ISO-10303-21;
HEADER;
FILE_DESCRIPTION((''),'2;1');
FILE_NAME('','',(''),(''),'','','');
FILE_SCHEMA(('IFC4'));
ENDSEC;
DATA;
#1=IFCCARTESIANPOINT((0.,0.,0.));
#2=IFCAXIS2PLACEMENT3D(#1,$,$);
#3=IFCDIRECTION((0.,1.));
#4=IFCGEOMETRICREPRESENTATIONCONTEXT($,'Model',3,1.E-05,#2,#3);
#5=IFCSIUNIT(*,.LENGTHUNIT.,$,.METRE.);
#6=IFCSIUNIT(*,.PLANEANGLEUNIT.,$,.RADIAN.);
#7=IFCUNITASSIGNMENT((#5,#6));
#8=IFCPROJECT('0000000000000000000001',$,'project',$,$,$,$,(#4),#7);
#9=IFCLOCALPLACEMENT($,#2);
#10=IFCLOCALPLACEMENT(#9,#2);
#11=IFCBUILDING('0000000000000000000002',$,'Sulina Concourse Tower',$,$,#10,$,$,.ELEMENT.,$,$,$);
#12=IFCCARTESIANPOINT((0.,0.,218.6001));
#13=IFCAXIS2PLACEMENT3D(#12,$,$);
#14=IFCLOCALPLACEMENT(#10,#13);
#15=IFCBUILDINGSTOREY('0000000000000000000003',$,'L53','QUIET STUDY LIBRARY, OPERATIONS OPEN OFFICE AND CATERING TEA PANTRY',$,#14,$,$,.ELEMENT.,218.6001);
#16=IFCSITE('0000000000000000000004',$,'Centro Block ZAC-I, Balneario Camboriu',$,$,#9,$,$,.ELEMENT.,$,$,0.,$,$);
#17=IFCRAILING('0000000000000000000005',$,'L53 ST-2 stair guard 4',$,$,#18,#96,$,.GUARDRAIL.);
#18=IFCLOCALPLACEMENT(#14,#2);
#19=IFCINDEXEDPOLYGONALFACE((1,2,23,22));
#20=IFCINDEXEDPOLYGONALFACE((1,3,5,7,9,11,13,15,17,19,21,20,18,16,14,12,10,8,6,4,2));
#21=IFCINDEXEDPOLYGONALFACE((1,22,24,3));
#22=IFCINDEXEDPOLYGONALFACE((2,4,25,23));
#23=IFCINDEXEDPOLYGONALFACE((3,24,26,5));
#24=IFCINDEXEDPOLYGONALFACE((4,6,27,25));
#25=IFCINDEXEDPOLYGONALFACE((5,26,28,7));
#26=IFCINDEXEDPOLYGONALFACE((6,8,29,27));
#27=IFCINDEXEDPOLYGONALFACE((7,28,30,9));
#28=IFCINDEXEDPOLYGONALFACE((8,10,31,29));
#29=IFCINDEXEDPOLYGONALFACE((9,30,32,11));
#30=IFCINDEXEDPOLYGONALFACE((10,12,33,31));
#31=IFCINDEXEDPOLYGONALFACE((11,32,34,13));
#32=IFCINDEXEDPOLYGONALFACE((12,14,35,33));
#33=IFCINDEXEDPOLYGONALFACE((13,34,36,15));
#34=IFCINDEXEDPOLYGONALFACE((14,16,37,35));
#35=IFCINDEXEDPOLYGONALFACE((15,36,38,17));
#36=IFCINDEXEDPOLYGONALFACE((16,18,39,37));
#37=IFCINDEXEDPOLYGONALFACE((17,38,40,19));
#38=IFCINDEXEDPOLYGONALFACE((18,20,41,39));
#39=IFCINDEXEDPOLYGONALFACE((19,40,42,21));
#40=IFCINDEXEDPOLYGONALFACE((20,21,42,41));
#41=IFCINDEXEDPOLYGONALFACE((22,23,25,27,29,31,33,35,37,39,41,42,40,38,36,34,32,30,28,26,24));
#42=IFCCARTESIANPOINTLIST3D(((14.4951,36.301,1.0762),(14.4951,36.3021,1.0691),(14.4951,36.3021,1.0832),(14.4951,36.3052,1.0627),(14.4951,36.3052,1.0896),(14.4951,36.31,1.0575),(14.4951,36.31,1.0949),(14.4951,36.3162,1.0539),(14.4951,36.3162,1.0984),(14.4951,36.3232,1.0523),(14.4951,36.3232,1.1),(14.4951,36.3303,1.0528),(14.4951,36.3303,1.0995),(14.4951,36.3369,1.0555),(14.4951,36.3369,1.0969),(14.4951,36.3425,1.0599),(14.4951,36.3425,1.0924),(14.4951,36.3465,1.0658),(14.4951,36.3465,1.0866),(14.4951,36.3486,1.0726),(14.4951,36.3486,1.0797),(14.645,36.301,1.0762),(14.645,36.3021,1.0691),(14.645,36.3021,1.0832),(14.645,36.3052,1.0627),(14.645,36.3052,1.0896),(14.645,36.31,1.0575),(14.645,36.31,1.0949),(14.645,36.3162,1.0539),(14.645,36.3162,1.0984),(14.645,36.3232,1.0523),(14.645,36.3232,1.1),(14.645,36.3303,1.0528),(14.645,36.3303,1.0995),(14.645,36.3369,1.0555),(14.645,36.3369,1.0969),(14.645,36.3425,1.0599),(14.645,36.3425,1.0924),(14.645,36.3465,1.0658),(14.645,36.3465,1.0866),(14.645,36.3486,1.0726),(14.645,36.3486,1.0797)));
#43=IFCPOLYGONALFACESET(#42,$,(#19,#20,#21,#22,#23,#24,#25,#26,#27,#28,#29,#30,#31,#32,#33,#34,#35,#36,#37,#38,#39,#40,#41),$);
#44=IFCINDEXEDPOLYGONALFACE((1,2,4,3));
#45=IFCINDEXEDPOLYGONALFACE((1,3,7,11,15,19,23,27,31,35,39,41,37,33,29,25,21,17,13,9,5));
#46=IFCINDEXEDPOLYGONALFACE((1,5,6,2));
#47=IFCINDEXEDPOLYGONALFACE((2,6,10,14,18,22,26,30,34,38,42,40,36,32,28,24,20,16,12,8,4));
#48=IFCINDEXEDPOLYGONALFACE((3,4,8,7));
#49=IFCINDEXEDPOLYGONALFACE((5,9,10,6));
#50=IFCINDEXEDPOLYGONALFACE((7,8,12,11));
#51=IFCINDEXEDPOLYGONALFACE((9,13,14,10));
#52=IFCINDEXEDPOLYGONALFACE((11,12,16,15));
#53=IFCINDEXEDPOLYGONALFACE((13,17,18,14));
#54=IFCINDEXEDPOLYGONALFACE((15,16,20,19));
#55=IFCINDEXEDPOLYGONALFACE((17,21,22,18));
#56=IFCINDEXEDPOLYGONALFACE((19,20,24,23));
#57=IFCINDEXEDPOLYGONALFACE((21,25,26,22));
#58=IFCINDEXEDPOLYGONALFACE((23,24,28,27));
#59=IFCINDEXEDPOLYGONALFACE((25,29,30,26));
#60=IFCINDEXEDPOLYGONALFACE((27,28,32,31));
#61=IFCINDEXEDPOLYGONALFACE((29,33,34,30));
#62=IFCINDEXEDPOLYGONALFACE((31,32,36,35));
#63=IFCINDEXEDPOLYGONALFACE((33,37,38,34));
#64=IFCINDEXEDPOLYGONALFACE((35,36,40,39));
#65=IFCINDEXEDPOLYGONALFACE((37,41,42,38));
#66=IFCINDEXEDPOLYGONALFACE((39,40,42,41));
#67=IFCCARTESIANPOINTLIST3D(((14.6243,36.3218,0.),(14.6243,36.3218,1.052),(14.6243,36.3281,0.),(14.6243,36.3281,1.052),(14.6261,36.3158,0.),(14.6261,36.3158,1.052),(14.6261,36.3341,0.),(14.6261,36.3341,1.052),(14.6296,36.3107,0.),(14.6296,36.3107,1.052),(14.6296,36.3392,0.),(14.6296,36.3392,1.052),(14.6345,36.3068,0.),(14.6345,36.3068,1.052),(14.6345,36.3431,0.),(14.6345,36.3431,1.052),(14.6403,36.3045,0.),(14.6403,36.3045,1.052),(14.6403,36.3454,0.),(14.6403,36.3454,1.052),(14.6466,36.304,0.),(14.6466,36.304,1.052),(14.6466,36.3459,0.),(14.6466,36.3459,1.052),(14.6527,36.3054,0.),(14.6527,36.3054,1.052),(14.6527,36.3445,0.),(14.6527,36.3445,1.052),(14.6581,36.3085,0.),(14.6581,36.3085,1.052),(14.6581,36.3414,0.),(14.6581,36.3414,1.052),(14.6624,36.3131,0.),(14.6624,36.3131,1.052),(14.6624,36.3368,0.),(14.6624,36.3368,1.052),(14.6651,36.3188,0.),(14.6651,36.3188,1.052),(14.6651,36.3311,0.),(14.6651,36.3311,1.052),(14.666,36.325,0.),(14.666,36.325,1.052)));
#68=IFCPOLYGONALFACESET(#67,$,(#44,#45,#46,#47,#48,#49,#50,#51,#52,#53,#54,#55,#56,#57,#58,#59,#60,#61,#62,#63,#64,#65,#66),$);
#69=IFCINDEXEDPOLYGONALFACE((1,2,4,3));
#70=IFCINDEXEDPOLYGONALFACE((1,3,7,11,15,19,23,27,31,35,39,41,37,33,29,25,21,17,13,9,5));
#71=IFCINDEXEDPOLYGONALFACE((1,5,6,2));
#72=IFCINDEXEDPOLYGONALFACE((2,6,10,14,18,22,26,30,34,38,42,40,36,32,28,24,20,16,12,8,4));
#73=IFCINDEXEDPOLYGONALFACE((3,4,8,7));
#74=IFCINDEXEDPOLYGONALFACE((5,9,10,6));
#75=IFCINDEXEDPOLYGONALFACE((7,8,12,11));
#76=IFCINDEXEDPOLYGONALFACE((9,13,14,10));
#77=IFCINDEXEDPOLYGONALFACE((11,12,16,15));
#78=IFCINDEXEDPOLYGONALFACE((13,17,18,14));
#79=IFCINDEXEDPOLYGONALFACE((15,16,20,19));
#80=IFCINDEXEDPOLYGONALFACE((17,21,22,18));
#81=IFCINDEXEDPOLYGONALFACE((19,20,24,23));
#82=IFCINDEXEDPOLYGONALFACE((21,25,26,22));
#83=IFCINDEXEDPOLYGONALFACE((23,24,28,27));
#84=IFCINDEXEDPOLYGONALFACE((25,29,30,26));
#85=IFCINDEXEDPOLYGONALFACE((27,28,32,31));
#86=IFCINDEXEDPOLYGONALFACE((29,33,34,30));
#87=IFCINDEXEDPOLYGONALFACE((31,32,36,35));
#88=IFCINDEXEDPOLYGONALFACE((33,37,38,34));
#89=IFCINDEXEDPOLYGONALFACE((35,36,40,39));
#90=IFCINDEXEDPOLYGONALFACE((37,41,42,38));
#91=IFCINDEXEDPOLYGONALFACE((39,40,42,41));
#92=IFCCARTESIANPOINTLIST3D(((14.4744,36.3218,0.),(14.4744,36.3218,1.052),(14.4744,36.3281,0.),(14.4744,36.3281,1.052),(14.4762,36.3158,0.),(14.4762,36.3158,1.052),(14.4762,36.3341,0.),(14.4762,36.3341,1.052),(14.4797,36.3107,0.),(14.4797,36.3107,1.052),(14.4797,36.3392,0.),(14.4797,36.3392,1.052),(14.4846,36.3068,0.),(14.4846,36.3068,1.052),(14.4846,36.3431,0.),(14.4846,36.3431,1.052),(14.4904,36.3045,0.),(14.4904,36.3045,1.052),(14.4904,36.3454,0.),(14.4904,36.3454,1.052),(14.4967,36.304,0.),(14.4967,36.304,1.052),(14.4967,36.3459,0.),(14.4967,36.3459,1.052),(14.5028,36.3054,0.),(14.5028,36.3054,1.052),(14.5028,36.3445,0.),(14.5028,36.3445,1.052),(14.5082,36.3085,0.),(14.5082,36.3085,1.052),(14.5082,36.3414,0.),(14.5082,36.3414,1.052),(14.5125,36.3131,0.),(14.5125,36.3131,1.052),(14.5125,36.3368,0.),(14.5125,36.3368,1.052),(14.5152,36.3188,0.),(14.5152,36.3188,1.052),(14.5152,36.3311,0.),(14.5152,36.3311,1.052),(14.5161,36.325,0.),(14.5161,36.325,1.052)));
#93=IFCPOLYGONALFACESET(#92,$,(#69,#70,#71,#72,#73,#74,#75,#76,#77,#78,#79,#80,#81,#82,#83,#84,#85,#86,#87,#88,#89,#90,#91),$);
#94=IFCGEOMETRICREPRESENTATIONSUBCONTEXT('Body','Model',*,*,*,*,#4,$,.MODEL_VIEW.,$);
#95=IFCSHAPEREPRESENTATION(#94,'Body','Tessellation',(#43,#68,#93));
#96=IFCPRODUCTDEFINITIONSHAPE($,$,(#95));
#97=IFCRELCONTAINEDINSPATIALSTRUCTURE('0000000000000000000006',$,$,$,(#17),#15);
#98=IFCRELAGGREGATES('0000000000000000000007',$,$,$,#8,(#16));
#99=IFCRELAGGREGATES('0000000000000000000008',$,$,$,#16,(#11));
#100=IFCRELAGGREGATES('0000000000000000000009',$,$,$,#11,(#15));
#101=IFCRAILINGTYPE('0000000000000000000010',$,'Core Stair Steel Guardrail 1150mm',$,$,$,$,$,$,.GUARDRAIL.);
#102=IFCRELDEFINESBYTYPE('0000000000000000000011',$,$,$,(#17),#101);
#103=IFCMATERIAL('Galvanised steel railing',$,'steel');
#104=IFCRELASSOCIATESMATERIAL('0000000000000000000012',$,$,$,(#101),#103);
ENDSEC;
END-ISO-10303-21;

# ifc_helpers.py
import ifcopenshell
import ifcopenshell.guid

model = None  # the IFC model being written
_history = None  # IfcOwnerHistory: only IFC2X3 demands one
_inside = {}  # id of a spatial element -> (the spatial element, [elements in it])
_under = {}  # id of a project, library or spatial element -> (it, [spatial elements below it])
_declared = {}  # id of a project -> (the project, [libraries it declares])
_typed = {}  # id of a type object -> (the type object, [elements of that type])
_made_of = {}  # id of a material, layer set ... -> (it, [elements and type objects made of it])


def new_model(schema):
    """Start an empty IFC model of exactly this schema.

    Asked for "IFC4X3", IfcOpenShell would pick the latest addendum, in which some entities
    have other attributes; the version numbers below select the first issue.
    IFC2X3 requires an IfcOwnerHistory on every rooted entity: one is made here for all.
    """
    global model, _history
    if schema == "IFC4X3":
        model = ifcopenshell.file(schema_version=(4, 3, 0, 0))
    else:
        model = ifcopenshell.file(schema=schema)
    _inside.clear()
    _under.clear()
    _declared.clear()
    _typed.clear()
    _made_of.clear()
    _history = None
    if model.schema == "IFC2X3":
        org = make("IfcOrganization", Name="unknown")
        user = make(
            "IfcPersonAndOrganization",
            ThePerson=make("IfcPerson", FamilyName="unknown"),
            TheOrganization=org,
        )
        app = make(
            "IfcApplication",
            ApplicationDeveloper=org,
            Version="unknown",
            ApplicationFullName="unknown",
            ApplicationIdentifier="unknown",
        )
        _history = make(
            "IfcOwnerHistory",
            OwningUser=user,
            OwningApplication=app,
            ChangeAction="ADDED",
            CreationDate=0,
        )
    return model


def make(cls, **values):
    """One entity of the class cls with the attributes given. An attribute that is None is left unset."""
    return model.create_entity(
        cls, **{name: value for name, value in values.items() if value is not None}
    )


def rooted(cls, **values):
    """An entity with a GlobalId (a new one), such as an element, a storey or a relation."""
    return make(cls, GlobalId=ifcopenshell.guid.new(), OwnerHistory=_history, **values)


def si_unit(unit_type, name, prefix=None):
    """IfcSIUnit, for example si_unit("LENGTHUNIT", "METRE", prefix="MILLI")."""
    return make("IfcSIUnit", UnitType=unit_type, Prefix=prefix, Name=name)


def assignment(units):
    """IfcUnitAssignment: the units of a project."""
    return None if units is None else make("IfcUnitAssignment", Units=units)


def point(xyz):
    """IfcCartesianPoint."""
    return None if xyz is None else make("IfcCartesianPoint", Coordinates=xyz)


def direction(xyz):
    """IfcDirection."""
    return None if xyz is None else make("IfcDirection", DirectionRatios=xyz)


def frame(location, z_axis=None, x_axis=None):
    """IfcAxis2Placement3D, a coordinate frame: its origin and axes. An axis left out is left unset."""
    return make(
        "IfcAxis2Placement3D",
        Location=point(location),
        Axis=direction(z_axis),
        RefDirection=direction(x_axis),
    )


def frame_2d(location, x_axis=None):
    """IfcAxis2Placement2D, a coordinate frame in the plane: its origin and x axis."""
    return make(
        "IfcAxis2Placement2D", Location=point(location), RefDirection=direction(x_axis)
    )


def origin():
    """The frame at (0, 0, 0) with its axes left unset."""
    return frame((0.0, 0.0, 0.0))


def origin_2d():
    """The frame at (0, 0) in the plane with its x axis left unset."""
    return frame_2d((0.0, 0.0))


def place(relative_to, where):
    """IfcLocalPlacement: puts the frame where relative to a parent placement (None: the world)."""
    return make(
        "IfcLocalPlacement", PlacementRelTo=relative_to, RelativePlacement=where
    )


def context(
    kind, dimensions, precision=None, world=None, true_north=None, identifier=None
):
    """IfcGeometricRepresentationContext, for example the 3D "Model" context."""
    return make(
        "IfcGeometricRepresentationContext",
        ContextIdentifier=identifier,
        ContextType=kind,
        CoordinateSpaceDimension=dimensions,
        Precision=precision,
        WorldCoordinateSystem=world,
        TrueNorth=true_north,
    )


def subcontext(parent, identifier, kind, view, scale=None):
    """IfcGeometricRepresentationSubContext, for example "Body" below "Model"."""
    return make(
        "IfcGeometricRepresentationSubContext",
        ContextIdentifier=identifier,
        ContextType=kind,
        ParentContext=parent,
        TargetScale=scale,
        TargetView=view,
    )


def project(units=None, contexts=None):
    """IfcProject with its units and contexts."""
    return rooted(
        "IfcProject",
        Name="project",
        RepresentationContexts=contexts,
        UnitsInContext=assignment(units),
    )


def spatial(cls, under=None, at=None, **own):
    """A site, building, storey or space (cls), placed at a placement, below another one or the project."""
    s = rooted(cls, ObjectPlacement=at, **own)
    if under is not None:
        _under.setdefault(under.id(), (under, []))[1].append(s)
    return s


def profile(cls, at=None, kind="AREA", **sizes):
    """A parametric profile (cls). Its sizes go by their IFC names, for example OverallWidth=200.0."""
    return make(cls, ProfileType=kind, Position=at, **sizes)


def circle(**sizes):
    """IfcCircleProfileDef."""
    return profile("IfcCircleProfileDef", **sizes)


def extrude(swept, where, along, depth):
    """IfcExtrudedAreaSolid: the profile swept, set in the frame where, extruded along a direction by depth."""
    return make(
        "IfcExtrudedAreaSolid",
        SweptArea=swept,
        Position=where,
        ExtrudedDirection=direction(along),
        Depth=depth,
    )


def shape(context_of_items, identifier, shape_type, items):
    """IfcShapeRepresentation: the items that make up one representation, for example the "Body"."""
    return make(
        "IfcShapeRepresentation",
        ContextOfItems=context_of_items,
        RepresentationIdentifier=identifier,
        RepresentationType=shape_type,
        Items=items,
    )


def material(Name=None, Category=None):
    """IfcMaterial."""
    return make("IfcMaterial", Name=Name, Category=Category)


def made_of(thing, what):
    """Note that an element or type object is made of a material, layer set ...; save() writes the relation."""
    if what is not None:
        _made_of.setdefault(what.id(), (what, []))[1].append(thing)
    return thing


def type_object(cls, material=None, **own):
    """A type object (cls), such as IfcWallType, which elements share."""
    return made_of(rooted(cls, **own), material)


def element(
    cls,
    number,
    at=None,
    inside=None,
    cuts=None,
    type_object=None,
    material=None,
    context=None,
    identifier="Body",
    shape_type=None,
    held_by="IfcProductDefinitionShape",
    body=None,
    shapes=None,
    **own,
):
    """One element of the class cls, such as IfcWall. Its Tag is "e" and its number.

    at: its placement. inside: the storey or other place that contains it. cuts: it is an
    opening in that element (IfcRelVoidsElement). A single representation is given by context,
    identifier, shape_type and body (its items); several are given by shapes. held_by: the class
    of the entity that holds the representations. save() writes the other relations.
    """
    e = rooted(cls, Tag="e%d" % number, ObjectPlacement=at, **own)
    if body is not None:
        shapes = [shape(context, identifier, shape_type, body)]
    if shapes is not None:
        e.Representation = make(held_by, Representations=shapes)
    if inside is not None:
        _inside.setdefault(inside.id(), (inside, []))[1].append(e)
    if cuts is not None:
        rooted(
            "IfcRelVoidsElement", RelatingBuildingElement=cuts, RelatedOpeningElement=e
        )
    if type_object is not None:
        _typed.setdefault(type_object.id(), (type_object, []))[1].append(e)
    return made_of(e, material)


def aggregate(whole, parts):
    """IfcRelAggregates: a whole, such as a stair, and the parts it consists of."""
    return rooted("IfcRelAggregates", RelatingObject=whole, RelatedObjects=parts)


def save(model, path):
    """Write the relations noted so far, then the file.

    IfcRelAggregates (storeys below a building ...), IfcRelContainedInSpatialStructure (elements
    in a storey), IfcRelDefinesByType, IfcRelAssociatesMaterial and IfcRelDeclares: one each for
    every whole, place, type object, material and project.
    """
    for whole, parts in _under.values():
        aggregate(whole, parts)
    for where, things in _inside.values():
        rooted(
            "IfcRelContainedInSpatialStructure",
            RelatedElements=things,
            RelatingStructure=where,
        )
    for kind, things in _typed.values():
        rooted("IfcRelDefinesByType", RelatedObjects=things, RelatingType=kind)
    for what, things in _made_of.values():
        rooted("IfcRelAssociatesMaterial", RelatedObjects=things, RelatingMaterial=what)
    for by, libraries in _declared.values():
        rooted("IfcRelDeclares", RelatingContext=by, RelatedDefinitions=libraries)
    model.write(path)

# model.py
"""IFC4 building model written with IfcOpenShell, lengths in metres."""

from ifc_helpers import new_model, si_unit, direction, frame, origin, origin_2d, place, context, subcontext, project, spatial, circle, extrude, material, type_object, element, save


model = new_model("IFC4")

# Units and contexts
model_context = context("Model", 3, precision=1e-05, world=origin(), true_north=direction((0.0, 1.0)))
body_context = subcontext(model_context, "Body", "Model", "MODEL_VIEW")
ifc_project = project(units=[si_unit("LENGTHUNIT", "METRE"), si_unit("PLANEANGLEUNIT", "RADIAN")], contexts=[model_context])

# Site, building, storey
site_placement = place(None, origin())
site = spatial("IfcSite", under=ifc_project, at=site_placement, Name="Centro Block ZAC-I, Balneario Camboriu", CompositionType="ELEMENT", RefElevation=0.0)
building_placement = place(site_placement, origin())
building = spatial("IfcBuilding", under=site, at=building_placement, Name="Sulina Concourse Tower", CompositionType="ELEMENT")
storey_placement = place(building_placement, frame((0.0, 0.0, 218.6001)))
storey = spatial("IfcBuildingStorey", under=building, at=storey_placement, Name="L53", Description="QUIET STUDY LIBRARY, OPERATIONS OPEN OFFICE AND CATERING TEA PANTRY", CompositionType="ELEMENT", Elevation=218.6001)

# Railing
ifc_material_1 = material(Name="Galvanised steel railing", Category="steel")
railing_type_1 = type_object("IfcRailingType", Name="Core Stair Steel Guardrail 1150mm", PredefinedType="GUARDRAIL", material=ifc_material_1)
railing_1_placement = place(storey_placement, frame((14.645, 36.325, 0.0)))
element("IfcRailing", 1, at=railing_1_placement, inside=storey, type_object=railing_type_1, Name="L53 ST-2 stair guard 4", PredefinedType="GUARDRAIL", context=body_context, shape_type="SweptSolid", body=[
    extrude(circle(Radius=0.0239, at=origin_2d()), frame((0.0, 0.0, 1.0762), z_axis=(-1.0, 0.0, 0.0), x_axis=(0.0, -1.0, 0.0)), (0.0, 0.0, 1.0), 0.1499),
    extrude(circle(Radius=0.021, at=origin_2d()), origin(), (0.0, 0.0, 1.0), 1.052),
    extrude(circle(Radius=0.021, at=origin_2d()), frame((-0.1499, 0.0, 0.0)), (0.0, 0.0, 1.0), 1.052),
])

save(model, "model.ifc")
